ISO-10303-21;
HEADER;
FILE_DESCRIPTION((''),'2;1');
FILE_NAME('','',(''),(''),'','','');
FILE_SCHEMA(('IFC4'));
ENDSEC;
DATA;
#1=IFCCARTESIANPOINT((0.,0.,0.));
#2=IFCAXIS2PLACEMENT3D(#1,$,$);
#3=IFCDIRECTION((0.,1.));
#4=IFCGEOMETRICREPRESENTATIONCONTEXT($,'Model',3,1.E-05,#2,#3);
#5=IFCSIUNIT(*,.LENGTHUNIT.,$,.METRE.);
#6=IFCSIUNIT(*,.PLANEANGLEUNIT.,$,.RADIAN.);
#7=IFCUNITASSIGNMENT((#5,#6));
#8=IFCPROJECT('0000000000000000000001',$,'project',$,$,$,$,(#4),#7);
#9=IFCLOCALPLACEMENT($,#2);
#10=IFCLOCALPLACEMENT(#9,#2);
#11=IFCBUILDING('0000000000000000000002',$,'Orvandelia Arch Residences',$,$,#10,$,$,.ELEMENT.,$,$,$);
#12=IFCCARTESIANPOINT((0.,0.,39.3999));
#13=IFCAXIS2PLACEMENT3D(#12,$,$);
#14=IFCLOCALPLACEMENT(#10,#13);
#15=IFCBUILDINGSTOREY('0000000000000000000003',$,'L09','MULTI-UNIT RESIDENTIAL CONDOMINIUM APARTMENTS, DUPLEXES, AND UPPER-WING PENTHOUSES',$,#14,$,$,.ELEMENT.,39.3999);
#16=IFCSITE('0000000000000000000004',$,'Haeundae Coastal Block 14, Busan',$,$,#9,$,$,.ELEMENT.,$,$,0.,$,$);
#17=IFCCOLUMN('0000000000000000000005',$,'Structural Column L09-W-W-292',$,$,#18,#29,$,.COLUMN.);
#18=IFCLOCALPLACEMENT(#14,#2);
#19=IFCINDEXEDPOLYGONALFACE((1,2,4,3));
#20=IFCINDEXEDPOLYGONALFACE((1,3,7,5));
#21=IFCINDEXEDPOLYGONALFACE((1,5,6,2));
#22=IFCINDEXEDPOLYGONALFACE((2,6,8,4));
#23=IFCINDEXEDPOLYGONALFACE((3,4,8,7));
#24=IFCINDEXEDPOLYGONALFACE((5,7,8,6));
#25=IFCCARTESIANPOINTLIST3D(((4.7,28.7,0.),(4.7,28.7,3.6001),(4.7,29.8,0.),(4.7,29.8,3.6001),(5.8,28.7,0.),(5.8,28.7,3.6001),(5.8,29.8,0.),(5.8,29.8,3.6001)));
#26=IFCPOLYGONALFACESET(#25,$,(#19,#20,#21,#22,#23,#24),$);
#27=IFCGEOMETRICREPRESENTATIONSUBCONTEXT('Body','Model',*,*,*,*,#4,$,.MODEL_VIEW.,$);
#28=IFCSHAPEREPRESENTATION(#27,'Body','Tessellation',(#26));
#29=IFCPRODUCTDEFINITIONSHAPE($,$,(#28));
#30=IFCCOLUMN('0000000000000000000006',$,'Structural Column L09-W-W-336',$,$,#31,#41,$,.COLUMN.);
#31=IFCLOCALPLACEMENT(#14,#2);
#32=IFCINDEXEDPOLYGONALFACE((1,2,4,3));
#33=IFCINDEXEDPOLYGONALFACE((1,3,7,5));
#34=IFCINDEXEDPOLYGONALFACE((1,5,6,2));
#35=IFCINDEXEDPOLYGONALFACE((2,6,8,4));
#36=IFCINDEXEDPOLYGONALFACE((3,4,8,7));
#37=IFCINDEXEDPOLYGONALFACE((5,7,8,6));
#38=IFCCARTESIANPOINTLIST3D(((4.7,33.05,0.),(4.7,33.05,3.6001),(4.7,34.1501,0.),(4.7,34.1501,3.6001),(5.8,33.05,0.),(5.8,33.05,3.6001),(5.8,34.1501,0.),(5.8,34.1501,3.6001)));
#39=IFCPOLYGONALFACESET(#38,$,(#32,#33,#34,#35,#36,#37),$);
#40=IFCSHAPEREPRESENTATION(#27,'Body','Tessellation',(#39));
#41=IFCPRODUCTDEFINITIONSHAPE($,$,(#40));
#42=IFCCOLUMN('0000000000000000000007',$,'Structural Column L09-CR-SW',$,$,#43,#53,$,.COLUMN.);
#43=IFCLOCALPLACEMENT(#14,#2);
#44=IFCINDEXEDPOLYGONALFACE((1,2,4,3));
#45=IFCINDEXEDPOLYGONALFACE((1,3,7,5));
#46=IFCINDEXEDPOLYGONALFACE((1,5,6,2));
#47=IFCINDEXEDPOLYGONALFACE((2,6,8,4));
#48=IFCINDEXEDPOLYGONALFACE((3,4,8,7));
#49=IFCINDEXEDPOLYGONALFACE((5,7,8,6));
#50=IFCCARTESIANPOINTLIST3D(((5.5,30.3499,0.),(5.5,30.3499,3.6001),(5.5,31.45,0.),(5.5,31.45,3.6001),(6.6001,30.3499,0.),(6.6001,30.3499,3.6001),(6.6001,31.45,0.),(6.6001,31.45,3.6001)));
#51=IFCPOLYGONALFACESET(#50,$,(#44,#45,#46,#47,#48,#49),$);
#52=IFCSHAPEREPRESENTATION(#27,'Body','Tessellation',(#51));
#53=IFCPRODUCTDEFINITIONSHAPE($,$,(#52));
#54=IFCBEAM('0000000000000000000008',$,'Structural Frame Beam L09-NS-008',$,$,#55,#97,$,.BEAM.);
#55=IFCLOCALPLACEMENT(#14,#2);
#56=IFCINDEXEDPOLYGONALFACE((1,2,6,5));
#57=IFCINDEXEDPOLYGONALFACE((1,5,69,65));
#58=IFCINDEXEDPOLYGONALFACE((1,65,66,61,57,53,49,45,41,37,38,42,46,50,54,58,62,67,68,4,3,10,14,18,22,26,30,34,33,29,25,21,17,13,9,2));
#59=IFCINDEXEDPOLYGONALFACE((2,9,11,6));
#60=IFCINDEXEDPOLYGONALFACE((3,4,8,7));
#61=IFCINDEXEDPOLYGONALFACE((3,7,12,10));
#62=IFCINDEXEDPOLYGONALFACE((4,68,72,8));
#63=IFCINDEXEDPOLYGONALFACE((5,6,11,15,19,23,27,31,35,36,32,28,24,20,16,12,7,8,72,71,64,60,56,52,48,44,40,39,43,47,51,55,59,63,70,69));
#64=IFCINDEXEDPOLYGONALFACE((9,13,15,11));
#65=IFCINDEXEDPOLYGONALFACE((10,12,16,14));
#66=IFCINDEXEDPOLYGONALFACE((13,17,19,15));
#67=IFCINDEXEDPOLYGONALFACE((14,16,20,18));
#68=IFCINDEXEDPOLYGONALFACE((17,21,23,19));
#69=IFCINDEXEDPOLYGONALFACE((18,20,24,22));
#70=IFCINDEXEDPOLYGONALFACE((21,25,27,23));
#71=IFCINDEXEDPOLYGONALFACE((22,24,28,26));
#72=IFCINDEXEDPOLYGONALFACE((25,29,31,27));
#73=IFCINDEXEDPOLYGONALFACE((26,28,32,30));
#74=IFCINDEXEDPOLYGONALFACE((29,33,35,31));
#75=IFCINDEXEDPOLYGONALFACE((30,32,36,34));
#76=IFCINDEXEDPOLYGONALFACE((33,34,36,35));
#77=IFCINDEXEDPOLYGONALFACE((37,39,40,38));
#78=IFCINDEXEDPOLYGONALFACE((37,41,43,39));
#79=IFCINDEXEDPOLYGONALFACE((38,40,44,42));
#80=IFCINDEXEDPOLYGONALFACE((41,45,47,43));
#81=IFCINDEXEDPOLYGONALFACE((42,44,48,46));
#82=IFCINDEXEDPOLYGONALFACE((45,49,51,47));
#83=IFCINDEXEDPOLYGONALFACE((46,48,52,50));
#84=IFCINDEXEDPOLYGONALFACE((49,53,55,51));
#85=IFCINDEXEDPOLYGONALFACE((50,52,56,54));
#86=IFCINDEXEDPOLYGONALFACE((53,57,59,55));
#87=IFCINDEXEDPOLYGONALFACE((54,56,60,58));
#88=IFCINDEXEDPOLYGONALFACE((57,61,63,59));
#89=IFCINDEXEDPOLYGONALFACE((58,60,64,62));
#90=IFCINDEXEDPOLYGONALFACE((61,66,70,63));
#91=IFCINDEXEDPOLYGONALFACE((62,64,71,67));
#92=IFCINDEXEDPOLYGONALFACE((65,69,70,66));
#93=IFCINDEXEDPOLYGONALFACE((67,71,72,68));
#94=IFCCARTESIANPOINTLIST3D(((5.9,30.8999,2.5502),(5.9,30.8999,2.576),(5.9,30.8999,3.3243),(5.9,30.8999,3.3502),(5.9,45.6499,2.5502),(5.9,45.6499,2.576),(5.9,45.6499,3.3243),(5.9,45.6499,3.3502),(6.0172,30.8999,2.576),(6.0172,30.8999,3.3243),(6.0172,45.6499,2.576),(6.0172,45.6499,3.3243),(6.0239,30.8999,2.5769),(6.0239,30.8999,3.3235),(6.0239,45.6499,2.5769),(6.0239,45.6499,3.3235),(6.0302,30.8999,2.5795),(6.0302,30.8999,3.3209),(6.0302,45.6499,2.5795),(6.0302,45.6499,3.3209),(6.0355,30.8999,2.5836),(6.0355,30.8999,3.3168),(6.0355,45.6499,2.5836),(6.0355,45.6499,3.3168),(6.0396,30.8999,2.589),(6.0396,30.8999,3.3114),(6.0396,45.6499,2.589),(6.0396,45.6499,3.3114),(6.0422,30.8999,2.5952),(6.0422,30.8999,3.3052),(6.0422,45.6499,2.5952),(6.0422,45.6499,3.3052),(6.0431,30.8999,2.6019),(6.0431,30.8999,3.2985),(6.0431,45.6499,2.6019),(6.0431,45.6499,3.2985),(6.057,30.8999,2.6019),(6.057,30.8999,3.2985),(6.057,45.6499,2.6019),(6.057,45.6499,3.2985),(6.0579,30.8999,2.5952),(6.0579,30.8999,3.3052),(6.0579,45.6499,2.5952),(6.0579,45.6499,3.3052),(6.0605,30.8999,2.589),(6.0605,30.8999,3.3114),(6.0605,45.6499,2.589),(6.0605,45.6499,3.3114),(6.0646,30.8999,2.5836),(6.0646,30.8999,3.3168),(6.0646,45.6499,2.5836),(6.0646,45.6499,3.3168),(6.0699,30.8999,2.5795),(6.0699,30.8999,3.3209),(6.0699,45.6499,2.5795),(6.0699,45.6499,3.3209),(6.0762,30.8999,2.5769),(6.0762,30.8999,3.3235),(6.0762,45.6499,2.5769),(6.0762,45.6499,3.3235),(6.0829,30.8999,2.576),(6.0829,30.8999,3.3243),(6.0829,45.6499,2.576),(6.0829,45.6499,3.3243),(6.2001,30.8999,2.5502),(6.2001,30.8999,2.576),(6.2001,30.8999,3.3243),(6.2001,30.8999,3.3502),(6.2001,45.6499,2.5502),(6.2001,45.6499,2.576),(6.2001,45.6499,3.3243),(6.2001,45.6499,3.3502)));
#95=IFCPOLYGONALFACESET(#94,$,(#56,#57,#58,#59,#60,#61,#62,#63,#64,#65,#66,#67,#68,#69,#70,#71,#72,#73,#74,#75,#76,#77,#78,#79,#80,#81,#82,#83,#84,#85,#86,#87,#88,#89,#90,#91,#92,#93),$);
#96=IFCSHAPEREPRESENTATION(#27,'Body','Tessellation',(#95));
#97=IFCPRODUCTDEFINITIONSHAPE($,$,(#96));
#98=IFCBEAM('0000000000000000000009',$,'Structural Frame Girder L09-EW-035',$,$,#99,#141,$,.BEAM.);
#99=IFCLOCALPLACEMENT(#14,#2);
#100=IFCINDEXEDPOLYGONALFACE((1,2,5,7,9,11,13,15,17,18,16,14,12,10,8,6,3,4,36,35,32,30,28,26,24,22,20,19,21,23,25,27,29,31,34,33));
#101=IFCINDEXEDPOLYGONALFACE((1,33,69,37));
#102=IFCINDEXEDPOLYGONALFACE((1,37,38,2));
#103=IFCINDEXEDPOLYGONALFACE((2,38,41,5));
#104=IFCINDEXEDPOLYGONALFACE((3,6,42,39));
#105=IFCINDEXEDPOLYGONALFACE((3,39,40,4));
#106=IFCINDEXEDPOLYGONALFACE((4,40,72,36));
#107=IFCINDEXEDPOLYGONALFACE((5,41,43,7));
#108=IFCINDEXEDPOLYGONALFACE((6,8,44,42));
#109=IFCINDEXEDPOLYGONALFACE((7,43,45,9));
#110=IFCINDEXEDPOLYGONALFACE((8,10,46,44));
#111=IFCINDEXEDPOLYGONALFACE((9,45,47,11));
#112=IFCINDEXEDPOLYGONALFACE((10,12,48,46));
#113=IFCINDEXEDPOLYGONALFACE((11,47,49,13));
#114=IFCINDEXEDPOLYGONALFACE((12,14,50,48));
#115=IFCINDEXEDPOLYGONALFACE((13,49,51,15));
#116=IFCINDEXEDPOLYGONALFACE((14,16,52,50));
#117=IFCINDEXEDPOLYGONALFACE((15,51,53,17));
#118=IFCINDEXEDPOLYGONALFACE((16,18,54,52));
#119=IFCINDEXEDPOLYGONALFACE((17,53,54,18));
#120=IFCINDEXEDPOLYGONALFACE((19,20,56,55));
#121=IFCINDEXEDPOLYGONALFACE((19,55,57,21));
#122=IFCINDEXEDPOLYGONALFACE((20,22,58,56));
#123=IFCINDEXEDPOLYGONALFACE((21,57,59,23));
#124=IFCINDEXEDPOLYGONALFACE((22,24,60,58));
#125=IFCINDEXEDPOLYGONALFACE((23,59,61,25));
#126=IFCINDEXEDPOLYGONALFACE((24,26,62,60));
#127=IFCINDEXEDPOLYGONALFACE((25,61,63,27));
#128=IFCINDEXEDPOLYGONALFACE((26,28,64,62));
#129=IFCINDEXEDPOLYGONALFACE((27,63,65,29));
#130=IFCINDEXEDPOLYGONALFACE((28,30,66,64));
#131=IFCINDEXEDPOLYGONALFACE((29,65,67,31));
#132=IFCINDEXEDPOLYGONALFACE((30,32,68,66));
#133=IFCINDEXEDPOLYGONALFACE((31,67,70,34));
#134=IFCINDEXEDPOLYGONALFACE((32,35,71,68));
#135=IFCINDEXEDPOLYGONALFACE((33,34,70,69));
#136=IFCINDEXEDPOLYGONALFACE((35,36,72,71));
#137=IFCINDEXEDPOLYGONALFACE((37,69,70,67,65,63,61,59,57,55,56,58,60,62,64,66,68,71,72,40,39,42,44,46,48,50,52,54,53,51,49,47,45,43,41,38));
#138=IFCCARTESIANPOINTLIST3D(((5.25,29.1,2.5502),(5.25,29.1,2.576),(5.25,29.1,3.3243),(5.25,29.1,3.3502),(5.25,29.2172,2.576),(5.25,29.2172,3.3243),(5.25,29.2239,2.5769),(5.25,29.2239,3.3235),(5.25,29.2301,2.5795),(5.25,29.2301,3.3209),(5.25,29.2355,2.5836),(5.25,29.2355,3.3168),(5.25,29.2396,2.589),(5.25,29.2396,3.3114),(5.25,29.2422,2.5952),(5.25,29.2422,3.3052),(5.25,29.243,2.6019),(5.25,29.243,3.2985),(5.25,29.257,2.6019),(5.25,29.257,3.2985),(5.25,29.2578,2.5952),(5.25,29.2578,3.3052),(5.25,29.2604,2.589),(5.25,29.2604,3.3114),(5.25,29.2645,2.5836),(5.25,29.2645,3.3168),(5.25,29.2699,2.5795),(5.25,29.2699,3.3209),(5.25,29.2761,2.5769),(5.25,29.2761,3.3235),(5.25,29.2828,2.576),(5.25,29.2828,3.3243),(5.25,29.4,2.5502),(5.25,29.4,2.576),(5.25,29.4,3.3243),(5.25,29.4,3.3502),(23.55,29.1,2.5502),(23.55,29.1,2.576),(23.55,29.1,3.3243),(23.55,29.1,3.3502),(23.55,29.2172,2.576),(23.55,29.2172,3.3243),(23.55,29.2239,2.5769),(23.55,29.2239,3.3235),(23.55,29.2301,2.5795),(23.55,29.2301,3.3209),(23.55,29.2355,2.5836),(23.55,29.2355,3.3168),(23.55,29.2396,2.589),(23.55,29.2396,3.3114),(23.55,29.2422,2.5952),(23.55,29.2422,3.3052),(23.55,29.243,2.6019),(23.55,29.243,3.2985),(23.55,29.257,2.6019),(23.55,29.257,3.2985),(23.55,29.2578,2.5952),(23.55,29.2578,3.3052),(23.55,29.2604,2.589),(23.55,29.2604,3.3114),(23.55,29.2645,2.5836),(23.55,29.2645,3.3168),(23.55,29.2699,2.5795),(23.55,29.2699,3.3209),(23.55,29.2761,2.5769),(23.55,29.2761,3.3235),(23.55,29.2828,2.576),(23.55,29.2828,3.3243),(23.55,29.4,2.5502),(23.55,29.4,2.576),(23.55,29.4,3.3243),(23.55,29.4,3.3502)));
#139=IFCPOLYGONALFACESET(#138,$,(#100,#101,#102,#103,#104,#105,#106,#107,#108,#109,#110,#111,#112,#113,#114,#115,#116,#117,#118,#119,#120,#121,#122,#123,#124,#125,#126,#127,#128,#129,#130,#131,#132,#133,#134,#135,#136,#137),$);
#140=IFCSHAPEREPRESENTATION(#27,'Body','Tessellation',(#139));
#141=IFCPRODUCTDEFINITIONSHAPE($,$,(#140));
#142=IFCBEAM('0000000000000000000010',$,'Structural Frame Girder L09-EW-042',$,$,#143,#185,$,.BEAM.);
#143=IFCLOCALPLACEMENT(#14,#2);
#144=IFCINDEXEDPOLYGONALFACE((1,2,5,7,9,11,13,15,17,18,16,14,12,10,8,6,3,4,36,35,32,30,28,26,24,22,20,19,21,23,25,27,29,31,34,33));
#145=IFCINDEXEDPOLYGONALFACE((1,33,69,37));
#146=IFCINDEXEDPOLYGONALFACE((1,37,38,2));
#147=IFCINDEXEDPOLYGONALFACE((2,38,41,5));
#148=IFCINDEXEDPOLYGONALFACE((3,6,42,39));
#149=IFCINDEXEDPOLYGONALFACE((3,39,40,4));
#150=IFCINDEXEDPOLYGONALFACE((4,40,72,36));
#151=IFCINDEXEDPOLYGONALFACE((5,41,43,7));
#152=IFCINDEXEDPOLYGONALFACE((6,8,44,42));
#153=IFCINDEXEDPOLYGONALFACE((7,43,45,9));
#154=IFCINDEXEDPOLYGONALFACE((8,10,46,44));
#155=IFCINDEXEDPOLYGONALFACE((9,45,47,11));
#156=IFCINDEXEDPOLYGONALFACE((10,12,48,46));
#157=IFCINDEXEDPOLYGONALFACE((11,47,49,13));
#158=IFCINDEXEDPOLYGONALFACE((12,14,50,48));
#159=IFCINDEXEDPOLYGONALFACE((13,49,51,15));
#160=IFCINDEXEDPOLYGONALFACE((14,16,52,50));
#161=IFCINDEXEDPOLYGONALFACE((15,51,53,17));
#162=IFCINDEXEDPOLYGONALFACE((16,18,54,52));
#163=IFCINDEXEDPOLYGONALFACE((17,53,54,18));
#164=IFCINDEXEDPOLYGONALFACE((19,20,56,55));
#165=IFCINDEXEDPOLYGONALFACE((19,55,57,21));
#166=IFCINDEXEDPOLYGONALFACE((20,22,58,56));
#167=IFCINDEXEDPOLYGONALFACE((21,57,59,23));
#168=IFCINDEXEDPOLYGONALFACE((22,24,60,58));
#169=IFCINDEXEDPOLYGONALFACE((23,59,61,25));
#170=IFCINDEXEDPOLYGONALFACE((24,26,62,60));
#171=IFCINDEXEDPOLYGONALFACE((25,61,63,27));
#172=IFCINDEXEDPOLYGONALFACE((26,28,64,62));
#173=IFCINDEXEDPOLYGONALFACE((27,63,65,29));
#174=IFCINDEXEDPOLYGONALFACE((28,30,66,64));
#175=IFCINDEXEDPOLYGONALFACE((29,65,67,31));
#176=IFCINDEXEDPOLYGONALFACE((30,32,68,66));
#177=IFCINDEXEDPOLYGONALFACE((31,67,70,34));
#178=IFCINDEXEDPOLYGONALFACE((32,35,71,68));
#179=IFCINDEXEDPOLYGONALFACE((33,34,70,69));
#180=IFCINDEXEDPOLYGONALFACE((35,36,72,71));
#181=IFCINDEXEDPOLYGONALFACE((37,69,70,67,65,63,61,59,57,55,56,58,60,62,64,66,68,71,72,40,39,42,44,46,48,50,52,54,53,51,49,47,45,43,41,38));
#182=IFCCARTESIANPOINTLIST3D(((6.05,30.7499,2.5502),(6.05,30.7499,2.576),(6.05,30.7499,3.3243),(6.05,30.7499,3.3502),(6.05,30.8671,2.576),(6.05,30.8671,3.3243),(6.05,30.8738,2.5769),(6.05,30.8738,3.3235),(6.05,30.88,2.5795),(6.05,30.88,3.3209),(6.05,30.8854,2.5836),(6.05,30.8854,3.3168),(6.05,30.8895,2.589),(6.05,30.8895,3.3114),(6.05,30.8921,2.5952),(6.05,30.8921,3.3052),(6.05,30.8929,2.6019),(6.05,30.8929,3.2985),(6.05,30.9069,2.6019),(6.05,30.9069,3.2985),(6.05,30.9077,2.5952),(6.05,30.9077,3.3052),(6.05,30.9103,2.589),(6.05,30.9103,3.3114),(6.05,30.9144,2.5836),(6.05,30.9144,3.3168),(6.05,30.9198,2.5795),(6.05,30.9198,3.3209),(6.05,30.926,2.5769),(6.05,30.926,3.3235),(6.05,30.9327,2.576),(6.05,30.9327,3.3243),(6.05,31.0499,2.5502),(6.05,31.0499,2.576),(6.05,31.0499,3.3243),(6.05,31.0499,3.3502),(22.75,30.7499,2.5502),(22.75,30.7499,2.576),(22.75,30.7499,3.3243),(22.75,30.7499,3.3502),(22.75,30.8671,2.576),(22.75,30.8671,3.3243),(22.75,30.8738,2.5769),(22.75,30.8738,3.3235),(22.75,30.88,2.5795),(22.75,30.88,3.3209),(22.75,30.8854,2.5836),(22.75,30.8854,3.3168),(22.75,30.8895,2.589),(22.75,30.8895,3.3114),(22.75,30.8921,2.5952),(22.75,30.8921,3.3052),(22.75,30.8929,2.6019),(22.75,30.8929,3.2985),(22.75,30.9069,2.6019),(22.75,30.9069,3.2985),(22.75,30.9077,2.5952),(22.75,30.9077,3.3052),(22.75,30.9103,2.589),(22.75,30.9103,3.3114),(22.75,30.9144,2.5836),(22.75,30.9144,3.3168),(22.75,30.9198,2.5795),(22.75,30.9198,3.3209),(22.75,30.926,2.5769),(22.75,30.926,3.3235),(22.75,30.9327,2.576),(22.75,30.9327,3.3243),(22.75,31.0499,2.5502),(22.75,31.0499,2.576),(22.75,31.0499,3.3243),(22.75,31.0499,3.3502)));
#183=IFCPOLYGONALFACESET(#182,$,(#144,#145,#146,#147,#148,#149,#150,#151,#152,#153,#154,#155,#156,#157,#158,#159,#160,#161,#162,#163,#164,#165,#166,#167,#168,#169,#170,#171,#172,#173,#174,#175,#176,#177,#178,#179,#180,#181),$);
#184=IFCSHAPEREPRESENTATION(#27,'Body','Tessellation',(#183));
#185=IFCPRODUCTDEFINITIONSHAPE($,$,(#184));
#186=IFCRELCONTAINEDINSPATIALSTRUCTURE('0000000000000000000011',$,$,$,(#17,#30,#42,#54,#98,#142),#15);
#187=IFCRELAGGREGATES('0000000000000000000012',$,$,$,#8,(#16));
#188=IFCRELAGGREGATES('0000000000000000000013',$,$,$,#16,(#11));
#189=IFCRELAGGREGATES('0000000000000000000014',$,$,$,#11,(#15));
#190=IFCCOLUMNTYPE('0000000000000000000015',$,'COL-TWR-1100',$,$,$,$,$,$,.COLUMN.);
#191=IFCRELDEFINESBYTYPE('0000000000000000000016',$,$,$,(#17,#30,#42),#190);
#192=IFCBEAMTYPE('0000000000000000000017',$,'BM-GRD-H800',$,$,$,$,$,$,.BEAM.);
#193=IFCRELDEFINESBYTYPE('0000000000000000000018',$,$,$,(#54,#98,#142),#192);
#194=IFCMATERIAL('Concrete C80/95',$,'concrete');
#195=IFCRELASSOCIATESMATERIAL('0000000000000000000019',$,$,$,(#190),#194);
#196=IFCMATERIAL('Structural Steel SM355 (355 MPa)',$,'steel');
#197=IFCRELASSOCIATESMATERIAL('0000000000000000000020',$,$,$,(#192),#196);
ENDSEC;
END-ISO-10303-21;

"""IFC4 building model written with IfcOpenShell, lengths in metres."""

from ifc_helpers import new_model, si_unit, direction, frame, origin, origin_2d, place, context, subcontext, project, spatial, rectangle, i_section, extrude, material, material_profile, profile_set, type_object, element, save


model = new_model("IFC4")

# Units and contexts
model_context = context("Model", 3, precision=1e-05, world=origin(), true_north=direction((0.0, 1.0)))
body_context = subcontext(model_context, "Body", "Model", "MODEL_VIEW")
ifc_project = project(units=[si_unit("LENGTHUNIT", "METRE"), si_unit("PLANEANGLEUNIT", "RADIAN")], contexts=[model_context])

# Site, building, storey
site_placement = place(None, origin())
site = spatial("IfcSite", under=ifc_project, at=site_placement, Name="Haeundae Coastal Block 14, Busan", CompositionType="ELEMENT", RefElevation=0.0)
building_placement = place(site_placement, origin())
building = spatial("IfcBuilding", under=site, at=building_placement, Name="Orvandelia Arch Residences", CompositionType="ELEMENT")
storey_placement = place(building_placement, frame((0.0, 0.0, 39.3999)))
storey = spatial("IfcBuildingStorey", under=building, at=storey_placement, Name="L09", Description="MULTI-UNIT RESIDENTIAL CONDOMINIUM APARTMENTS, DUPLEXES, AND UPPER-WING PENTHOUSES", CompositionType="ELEMENT", Elevation=39.3999)

# Columns
ifc_material_1 = material(Name="Concrete C80/95", Category="concrete")
ifc_material_profile_1 = material_profile(ifc_material_1, rectangle(XDim=1.1001, YDim=1.1001, at=origin_2d()), Name="Concrete C80/95", Category="concrete")
ifc_profile_set_1 = profile_set([ifc_material_profile_1], Name="Concrete C80/95")
column_type = type_object("IfcColumnType", Name="COL-TWR-1100", PredefinedType="COLUMN", material=ifc_profile_set_1)
for number, where, z_axis, x_axis, name in (
    (1, (5.25, 29.25, 0.0), (0.0, 0.0, 1.0), (1.0, 0.0, 0.0), "Structural Column L09-W-W-292"),
    (2, (5.25, 33.6001, 0.0), (0.0, 0.0, 1.0), (1.0, 0.0, 0.0), "Structural Column L09-W-W-336"),
    (3, (6.05, 30.8999, 0.0), (0.0, 0.0, 1.0), (1.0, 0.0, 0.0), "Structural Column L09-CR-SW"),
):
    element("IfcColumn", number, at=place(storey_placement, frame(where, z_axis=z_axis, x_axis=x_axis)), inside=storey, type_object=column_type, Name=name, PredefinedType="COLUMN", context=body_context, shape_type="SweptSolid", body=[
        extrude(rectangle(XDim=1.1001, YDim=1.1001, at=origin_2d()), origin(), (0.0, 0.0, 1.0), 3.6001),
    ])

# Beams
ifc_material_2 = material(Name="Structural Steel SM355 (355 MPa)", Category="steel")
ifc_material_profile_2 = material_profile(ifc_material_2, i_section(OverallWidth=0.3, OverallDepth=0.8, WebThickness=0.0139, FlangeThickness=0.0259, FilletRadius=0.0259, at=origin_2d()), Name="Structural Steel SM355 (355 MPa)", Category="steel")
ifc_profile_set_2 = profile_set([ifc_material_profile_2], Name="Structural Steel SM355 (355 MPa)")
beam_type_1 = type_object("IfcBeamType", Name="BM-GRD-H800", PredefinedType="BEAM", material=ifc_profile_set_2)
beam_1_placement = place(storey_placement, frame((6.05, 30.8999, 2.9502), z_axis=(0.0, 1.0, 0.0), x_axis=(-1.0, 0.0, 0.0)))
element("IfcBeam", 4, at=beam_1_placement, inside=storey, type_object=beam_type_1, Name="Structural Frame Beam L09-NS-008", PredefinedType="BEAM", context=body_context, shape_type="SweptSolid", body=[
    extrude(i_section(OverallWidth=0.3, OverallDepth=0.8, WebThickness=0.0139, FlangeThickness=0.0259, FilletRadius=0.0259, at=origin_2d()), origin(), (0.0, 0.0, 1.0), 14.75),
])
beam_2_placement = place(storey_placement, frame((5.25, 29.25, 2.9502), z_axis=(1.0, 0.0, 0.0), x_axis=(0.0, 1.0, 0.0)))
element("IfcBeam", 5, at=beam_2_placement, inside=storey, type_object=beam_type_1, Name="Structural Frame Girder L09-EW-035", PredefinedType="BEAM", context=body_context, shape_type="SweptSolid", body=[
    extrude(i_section(OverallWidth=0.3, OverallDepth=0.8, WebThickness=0.0139, FlangeThickness=0.0259, FilletRadius=0.0259, at=origin_2d()), origin(), (0.0, 0.0, 1.0), 18.3),
])
beam_3_placement = place(storey_placement, frame((6.05, 30.8999, 2.9502), z_axis=(1.0, 0.0, 0.0), x_axis=(0.0, 1.0, 0.0)))
element("IfcBeam", 6, at=beam_3_placement, inside=storey, type_object=beam_type_1, Name="Structural Frame Girder L09-EW-042", PredefinedType="BEAM", context=body_context, shape_type="SweptSolid", body=[
    extrude(i_section(OverallWidth=0.3, OverallDepth=0.8, WebThickness=0.0139, FlangeThickness=0.0259, FilletRadius=0.0259, at=origin_2d()), origin(), (0.0, 0.0, 1.0), 16.7),
])

save(model, "model.ifc")
